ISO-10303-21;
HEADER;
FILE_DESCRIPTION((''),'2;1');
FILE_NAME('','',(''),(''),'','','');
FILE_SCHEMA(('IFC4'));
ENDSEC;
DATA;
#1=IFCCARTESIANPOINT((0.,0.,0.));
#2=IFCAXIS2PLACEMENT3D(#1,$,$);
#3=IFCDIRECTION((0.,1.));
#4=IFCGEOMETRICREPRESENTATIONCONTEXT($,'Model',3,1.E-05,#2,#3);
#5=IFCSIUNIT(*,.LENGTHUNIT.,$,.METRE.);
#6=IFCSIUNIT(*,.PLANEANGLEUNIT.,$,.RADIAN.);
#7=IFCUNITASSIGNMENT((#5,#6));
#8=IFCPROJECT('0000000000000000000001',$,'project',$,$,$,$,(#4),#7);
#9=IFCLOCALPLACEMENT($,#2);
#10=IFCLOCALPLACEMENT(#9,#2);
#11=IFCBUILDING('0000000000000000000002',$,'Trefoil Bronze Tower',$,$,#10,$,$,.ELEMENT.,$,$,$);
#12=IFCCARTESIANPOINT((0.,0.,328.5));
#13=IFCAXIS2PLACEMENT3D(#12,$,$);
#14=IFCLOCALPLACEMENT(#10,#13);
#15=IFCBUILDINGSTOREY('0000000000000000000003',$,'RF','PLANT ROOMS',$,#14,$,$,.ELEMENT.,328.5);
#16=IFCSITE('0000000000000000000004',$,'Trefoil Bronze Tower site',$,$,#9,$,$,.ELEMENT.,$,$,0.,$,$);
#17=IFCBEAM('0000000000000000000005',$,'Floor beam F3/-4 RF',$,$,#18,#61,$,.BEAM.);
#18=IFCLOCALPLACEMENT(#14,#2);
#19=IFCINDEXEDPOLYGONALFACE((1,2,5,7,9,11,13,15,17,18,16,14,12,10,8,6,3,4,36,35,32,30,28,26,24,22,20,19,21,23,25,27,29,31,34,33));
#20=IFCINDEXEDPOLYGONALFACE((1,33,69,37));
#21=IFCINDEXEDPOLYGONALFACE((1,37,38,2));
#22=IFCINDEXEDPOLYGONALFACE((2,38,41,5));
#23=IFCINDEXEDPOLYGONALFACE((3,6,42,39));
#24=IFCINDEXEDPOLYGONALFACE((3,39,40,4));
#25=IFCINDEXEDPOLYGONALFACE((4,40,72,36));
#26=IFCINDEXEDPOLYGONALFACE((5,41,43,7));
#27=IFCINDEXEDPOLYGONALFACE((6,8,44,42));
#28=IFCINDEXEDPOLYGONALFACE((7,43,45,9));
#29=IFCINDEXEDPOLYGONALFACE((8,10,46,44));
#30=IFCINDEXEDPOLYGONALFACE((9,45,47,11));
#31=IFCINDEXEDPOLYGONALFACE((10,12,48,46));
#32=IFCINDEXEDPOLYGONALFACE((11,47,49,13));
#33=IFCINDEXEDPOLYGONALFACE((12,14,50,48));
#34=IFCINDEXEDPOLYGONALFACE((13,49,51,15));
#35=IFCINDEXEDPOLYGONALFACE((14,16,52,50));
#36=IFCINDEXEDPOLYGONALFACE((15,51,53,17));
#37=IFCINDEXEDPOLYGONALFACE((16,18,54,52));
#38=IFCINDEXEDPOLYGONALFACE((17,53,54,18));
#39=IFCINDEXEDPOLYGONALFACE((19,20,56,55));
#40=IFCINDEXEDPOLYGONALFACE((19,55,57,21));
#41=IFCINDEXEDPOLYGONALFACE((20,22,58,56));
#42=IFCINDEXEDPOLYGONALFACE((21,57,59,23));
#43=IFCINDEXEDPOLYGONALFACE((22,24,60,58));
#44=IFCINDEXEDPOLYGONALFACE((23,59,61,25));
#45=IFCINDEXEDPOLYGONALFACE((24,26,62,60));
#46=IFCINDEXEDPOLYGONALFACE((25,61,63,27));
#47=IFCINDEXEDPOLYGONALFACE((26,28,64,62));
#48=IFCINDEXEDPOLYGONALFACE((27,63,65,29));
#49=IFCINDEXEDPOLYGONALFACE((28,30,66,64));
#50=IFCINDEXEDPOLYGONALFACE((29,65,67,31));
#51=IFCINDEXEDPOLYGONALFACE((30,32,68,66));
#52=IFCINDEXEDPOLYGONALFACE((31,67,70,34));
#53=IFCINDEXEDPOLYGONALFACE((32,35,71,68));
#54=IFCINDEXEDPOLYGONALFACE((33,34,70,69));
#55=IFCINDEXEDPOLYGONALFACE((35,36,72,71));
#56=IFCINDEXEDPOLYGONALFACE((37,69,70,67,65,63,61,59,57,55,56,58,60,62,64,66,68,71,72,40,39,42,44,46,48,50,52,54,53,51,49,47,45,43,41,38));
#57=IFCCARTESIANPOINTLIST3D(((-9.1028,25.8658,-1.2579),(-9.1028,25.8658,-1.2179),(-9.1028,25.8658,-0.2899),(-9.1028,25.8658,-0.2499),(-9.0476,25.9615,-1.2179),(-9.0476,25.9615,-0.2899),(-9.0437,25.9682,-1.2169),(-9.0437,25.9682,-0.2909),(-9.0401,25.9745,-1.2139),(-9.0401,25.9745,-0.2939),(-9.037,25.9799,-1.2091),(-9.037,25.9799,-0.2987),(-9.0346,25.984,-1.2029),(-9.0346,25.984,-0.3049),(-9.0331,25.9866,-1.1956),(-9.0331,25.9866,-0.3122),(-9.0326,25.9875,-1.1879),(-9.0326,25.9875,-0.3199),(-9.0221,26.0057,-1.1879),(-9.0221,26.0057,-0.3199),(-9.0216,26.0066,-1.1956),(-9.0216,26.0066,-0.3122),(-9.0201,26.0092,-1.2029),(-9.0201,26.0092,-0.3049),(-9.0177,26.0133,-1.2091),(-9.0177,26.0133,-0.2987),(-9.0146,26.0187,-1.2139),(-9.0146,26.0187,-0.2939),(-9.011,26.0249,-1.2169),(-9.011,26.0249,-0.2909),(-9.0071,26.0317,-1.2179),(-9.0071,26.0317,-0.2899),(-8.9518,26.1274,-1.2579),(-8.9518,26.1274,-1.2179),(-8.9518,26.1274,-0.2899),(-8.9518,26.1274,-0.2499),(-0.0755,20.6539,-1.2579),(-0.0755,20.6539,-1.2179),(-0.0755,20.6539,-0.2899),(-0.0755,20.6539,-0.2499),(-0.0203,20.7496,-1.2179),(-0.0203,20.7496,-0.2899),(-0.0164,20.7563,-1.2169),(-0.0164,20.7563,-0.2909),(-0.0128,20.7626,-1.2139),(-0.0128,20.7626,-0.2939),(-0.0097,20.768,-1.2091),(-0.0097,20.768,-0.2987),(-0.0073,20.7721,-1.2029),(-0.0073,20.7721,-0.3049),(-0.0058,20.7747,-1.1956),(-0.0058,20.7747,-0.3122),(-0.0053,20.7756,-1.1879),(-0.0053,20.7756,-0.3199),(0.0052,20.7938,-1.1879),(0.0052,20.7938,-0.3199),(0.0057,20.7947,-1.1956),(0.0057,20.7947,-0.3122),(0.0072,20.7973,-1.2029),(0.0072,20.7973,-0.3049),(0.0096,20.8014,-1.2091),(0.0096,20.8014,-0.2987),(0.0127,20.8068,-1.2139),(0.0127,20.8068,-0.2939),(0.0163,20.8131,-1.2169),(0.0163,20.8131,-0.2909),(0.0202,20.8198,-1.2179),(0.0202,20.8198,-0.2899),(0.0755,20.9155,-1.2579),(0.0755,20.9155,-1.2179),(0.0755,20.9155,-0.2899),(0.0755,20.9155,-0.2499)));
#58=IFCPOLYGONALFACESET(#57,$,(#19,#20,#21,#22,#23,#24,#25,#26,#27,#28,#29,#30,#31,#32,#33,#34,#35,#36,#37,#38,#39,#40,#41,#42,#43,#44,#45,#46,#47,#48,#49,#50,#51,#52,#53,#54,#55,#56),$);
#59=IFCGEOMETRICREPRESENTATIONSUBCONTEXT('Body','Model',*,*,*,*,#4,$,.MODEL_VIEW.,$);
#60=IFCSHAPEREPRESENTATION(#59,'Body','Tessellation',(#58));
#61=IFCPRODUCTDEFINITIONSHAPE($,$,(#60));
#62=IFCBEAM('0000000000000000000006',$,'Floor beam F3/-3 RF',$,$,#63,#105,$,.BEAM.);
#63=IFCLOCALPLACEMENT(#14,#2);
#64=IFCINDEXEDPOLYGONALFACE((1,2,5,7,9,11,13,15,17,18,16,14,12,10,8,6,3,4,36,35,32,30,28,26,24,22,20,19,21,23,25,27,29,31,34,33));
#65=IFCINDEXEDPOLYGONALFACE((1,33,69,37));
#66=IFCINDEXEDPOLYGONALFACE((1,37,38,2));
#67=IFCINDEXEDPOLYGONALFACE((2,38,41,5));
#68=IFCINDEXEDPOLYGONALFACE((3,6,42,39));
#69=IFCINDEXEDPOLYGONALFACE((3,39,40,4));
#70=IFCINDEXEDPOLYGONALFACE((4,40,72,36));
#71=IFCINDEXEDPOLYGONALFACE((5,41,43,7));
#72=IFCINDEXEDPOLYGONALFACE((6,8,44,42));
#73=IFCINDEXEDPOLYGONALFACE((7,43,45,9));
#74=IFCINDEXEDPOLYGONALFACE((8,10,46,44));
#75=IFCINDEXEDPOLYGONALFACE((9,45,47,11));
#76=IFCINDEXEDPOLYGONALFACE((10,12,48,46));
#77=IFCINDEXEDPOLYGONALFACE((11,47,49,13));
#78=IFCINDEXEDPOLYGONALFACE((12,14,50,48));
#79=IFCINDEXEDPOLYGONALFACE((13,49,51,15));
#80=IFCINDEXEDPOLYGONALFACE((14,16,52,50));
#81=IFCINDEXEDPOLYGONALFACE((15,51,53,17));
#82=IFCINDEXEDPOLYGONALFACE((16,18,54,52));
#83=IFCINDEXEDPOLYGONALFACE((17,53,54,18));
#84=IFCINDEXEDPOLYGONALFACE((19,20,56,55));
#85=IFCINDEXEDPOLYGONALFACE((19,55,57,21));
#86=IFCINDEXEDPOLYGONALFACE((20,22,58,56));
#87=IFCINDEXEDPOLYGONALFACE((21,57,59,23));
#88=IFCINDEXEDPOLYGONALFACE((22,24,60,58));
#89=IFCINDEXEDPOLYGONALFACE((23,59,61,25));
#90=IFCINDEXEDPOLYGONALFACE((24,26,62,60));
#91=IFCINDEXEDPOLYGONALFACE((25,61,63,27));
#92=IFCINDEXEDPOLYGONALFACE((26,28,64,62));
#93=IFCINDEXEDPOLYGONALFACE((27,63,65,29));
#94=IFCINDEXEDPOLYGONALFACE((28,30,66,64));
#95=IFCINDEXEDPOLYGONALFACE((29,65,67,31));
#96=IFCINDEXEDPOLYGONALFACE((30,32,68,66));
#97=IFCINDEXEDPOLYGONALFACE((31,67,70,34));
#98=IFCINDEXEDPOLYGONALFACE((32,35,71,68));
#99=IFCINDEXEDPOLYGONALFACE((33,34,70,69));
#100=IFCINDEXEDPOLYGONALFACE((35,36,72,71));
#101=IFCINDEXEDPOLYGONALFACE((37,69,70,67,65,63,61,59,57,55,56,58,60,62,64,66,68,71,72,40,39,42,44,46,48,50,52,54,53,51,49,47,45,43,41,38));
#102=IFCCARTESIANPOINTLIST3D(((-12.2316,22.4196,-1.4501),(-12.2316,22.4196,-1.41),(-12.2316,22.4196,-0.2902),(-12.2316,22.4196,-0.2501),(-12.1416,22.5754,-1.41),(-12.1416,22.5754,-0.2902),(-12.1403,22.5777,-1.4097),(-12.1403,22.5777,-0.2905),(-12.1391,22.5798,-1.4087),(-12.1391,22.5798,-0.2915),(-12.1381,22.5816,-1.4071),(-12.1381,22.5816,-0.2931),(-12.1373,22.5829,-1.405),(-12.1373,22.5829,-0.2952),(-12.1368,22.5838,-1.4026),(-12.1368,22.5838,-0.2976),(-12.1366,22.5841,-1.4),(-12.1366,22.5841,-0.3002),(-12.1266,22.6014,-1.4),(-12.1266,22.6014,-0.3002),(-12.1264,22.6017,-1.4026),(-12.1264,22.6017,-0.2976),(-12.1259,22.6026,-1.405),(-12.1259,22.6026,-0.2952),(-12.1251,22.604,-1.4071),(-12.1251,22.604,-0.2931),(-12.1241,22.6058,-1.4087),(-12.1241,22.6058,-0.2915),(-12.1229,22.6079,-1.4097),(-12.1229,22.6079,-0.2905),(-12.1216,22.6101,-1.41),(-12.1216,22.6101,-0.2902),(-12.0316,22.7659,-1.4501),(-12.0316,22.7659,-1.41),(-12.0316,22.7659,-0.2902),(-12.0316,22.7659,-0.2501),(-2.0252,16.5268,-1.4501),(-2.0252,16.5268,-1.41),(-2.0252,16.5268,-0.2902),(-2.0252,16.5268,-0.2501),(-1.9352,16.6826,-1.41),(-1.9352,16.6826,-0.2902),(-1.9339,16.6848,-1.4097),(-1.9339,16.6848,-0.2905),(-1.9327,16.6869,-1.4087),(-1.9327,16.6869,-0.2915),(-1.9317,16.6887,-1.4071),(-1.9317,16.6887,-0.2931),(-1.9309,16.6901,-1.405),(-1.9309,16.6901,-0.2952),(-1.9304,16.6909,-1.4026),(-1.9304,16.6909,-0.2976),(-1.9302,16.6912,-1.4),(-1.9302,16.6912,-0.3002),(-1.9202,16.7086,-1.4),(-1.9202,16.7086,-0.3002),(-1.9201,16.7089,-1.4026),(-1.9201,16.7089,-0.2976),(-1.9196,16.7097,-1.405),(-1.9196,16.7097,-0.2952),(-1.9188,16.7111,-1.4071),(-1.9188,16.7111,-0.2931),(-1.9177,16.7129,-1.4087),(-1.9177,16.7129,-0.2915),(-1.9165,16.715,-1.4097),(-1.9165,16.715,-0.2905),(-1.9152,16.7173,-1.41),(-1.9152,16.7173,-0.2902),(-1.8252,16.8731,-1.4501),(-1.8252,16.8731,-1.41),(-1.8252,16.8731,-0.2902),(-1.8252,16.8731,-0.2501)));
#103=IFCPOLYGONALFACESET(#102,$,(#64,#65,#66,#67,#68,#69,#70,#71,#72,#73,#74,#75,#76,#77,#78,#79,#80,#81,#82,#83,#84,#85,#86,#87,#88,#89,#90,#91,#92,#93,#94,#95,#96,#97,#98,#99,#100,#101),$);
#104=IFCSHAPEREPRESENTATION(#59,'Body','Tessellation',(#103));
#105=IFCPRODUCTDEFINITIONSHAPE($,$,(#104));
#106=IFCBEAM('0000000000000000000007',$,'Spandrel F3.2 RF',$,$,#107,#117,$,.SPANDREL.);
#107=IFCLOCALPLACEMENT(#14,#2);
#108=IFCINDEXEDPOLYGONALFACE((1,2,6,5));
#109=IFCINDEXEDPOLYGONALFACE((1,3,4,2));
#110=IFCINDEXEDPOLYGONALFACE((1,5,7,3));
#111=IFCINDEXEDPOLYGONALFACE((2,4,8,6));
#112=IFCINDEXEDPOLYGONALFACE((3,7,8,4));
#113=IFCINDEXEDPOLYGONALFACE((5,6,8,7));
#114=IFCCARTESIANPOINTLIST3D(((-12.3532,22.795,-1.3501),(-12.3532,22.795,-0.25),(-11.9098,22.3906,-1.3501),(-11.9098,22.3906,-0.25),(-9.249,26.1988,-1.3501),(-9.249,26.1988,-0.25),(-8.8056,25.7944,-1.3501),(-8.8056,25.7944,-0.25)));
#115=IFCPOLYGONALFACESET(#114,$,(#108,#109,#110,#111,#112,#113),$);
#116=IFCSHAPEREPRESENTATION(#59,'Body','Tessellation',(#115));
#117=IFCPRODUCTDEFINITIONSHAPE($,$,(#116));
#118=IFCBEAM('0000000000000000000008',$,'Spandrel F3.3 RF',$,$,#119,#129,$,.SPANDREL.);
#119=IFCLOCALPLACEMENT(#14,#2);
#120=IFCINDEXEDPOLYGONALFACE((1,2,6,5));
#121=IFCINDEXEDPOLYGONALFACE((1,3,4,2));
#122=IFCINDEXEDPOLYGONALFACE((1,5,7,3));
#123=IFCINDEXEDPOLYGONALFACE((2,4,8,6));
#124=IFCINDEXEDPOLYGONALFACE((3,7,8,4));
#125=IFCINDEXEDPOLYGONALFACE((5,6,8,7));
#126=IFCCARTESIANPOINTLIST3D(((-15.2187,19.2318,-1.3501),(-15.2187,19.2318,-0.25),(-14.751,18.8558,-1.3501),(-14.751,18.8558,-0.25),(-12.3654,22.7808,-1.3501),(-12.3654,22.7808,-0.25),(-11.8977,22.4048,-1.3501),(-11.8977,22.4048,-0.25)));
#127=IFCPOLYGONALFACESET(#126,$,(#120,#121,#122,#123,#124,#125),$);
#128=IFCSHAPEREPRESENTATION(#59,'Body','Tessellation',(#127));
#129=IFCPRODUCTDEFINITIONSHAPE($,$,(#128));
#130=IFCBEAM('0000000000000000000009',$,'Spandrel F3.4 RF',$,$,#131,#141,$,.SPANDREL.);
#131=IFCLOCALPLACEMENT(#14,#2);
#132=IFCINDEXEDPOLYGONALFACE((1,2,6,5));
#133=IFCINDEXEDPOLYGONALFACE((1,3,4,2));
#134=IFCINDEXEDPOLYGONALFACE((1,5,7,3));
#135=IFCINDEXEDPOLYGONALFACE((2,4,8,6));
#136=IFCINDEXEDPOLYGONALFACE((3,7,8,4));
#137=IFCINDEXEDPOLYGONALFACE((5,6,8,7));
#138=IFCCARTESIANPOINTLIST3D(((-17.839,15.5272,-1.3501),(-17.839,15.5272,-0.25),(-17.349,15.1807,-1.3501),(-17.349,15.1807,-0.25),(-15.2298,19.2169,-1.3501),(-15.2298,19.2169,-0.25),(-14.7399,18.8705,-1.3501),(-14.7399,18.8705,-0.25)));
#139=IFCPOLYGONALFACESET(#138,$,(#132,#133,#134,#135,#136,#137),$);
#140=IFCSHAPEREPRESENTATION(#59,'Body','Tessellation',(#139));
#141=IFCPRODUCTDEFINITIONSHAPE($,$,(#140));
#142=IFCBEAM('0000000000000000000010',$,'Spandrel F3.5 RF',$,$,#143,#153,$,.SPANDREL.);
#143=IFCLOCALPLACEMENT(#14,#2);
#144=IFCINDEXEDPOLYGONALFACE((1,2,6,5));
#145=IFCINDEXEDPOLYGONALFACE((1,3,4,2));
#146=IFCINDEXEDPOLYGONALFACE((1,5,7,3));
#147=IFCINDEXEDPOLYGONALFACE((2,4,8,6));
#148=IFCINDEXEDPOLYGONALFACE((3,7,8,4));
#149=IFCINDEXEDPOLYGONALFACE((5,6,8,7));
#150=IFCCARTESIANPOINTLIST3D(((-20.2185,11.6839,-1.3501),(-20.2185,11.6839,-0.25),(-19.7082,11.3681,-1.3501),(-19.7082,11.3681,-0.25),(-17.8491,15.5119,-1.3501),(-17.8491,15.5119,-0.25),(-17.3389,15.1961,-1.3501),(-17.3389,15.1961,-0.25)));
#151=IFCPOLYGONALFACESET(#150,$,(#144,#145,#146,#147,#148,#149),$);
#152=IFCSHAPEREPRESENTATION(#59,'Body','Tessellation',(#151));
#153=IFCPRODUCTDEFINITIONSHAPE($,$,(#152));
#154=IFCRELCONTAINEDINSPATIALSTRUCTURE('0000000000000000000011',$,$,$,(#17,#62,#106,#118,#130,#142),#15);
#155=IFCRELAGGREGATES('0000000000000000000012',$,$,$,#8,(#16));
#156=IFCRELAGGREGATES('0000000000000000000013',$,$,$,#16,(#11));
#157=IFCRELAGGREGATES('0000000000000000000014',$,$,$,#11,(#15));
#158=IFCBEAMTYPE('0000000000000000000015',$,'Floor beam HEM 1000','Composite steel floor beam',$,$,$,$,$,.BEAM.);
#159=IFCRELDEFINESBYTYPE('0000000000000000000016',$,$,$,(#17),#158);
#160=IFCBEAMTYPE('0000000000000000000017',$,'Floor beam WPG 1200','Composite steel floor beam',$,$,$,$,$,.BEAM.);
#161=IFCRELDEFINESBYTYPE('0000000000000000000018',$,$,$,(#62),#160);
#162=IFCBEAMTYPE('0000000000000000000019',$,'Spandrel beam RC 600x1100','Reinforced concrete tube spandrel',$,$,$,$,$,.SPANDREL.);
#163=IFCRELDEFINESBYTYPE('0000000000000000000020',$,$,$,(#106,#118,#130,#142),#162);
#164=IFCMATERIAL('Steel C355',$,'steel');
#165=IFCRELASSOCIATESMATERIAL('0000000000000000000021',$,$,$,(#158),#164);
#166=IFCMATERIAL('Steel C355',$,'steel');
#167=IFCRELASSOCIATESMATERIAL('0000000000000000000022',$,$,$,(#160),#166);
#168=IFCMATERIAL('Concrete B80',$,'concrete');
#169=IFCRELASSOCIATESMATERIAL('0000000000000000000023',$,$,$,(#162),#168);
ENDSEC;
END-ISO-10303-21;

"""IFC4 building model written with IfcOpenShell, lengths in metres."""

from ifc_helpers import new_model, si_unit, direction, frame, origin, origin_2d, place, context, subcontext, project, spatial, rectangle, i_section, extrude, material, material_profile, profile_set, type_object, element, save


model = new_model("IFC4")

# Units and contexts
model_context = context("Model", 3, precision=1e-05, world=origin(), true_north=direction((0.0, 1.0)))
body_context = subcontext(model_context, "Body", "Model", "MODEL_VIEW")
ifc_project = project(units=[si_unit("LENGTHUNIT", "METRE"), si_unit("PLANEANGLEUNIT", "RADIAN")], contexts=[model_context])

# Site, building, storey
site_placement = place(None, origin())
site = spatial("IfcSite", under=ifc_project, at=site_placement, Name="Trefoil Bronze Tower site", CompositionType="ELEMENT", RefElevation=0.0)
building_placement = place(site_placement, origin())
building = spatial("IfcBuilding", under=site, at=building_placement, Name="Trefoil Bronze Tower", CompositionType="ELEMENT")
storey_placement = place(building_placement, frame((0.0, 0.0, 328.5)))
storey = spatial("IfcBuildingStorey", under=building, at=storey_placement, Name="RF", Description="PLANT ROOMS", CompositionType="ELEMENT", Elevation=328.5)

# Beams
ifc_material_1 = material(Name="Steel C355", Category="steel")
ifc_material_profile_1 = material_profile(ifc_material_1, i_section(OverallWidth=0.302, OverallDepth=1.0081, WebThickness=0.021, FlangeThickness=0.04, FilletRadius=0.03, at=origin_2d()), Name="HEM 1000")
ifc_profile_set_1 = profile_set([ifc_material_profile_1], Name="Steel C355")
beam_type_1 = type_object("IfcBeamType", Name="Floor beam HEM 1000", Description="Composite steel floor beam", PredefinedType="BEAM", material=ifc_profile_set_1)
beam_1_placement = place(storey_placement, frame((-9.0273, 25.9966, -0.7539), z_axis=(0.866026, -0.499998, 0.0), x_axis=(0.499998, 0.866026, 0.0)))
element("IfcBeam", 1, at=beam_1_placement, inside=storey, type_object=beam_type_1, Name="Floor beam F3/-4 RF", PredefinedType="BEAM", context=body_context, shape_type="SweptSolid", body=[
    extrude(i_section(OverallWidth=0.302, OverallDepth=1.0081, WebThickness=0.021, FlangeThickness=0.04, FilletRadius=0.03, at=origin_2d()), origin(), (0.0, 0.0, 1.0), 10.4238),
])
ifc_material_2 = material(Name="Steel C355", Category="steel")
ifc_material_profile_2 = material_profile(ifc_material_2, i_section(OverallWidth=0.3999, OverallDepth=1.2, WebThickness=0.02, FlangeThickness=0.04, FilletRadius=0.01, at=origin_2d()), Name="WPG 1200")
ifc_profile_set_2 = profile_set([ifc_material_profile_2], Name="Steel C355")
beam_type_2 = type_object("IfcBeamType", Name="Floor beam WPG 1200", Description="Composite steel floor beam", PredefinedType="BEAM", material=ifc_profile_set_2)
beam_2_placement = place(storey_placement, frame((-12.1316, 22.5928, -0.8501), z_axis=(0.866018, -0.500014, 0.0), x_axis=(0.500014, 0.866018, 0.0)))
element("IfcBeam", 2, at=beam_2_placement, inside=storey, type_object=beam_type_2, Name="Floor beam F3/-3 RF", PredefinedType="BEAM", context=body_context, shape_type="SweptSolid", body=[
    extrude(i_section(OverallWidth=0.3999, OverallDepth=1.2, WebThickness=0.02, FlangeThickness=0.04, FilletRadius=0.01, at=origin_2d()), origin(), (0.0, 0.0, 1.0), 11.7854),
])
ifc_material_3 = material(Name="Concrete B80", Category="concrete")
ifc_material_profile_3 = material_profile(ifc_material_3, rectangle(XDim=0.6001, YDim=1.1001, at=origin_2d()), Name="RC 600x1100")
ifc_profile_set_3 = profile_set([ifc_material_profile_3], Name="Concrete B80")
beam_type_3 = type_object("IfcBeamType", Name="Spandrel beam RC 600x1100", Description="Reinforced concrete tube spandrel", PredefinedType="SPANDREL", material=ifc_profile_set_3)
beam_3_placement = place(storey_placement, frame((-9.0273, 25.9966, -0.8), z_axis=(-0.673846, -0.738872, 0.0), x_axis=(0.738872, -0.673846, 0.0)))
element("IfcBeam", 3, at=beam_3_placement, inside=storey, type_object=beam_type_3, Name="Spandrel F3.2 RF", PredefinedType="SPANDREL", context=body_context, shape_type="SweptSolid", body=[
    extrude(rectangle(XDim=0.6001, YDim=1.1001, at=origin_2d()), origin(), (0.0, 0.0, 1.0), 4.6067),
])
beam_4_placement = place(storey_placement, frame((-12.1316, 22.5928, -0.8), z_axis=(-0.62657, -0.779365, 0.0), x_axis=(0.779365, -0.62657, 0.0)))
element("IfcBeam", 4, at=beam_4_placement, inside=storey, type_object=beam_type_3, Name="Spandrel F3.3 RF", PredefinedType="SPANDREL", context=body_context, shape_type="SweptSolid", body=[
    extrude(rectangle(XDim=0.6001, YDim=1.1001, at=origin_2d()), origin(), (0.0, 0.0, 1.0), 4.5537),
])
beam_5_placement = place(storey_placement, frame((-14.9849, 19.0437, -0.8), z_axis=(-0.577368, -0.816484, 0.0), x_axis=(0.816484, -0.577368, 0.0)))
element("IfcBeam", 5, at=beam_5_placement, inside=storey, type_object=beam_type_3, Name="Spandrel F3.4 RF", PredefinedType="SPANDREL", context=body_context, shape_type="SweptSolid", body=[
    extrude(rectangle(XDim=0.6001, YDim=1.1001, at=origin_2d()), origin(), (0.0, 0.0, 1.0), 4.519),
])
beam_6_placement = place(storey_placement, frame((-17.594, 15.354, -0.8), z_axis=(-0.526289, -0.850306, 0.0), x_axis=(0.850306, -0.526289, 0.0)))
element("IfcBeam", 6, at=beam_6_placement, inside=storey, type_object=beam_type_3, Name="Spandrel F3.5 RF", PredefinedType="SPANDREL", context=body_context, shape_type="SweptSolid", body=[
    extrude(rectangle(XDim=0.6001, YDim=1.1001, at=origin_2d()), origin(), (0.0, 0.0, 1.0), 4.502),
])

save(model, "model.ifc")
